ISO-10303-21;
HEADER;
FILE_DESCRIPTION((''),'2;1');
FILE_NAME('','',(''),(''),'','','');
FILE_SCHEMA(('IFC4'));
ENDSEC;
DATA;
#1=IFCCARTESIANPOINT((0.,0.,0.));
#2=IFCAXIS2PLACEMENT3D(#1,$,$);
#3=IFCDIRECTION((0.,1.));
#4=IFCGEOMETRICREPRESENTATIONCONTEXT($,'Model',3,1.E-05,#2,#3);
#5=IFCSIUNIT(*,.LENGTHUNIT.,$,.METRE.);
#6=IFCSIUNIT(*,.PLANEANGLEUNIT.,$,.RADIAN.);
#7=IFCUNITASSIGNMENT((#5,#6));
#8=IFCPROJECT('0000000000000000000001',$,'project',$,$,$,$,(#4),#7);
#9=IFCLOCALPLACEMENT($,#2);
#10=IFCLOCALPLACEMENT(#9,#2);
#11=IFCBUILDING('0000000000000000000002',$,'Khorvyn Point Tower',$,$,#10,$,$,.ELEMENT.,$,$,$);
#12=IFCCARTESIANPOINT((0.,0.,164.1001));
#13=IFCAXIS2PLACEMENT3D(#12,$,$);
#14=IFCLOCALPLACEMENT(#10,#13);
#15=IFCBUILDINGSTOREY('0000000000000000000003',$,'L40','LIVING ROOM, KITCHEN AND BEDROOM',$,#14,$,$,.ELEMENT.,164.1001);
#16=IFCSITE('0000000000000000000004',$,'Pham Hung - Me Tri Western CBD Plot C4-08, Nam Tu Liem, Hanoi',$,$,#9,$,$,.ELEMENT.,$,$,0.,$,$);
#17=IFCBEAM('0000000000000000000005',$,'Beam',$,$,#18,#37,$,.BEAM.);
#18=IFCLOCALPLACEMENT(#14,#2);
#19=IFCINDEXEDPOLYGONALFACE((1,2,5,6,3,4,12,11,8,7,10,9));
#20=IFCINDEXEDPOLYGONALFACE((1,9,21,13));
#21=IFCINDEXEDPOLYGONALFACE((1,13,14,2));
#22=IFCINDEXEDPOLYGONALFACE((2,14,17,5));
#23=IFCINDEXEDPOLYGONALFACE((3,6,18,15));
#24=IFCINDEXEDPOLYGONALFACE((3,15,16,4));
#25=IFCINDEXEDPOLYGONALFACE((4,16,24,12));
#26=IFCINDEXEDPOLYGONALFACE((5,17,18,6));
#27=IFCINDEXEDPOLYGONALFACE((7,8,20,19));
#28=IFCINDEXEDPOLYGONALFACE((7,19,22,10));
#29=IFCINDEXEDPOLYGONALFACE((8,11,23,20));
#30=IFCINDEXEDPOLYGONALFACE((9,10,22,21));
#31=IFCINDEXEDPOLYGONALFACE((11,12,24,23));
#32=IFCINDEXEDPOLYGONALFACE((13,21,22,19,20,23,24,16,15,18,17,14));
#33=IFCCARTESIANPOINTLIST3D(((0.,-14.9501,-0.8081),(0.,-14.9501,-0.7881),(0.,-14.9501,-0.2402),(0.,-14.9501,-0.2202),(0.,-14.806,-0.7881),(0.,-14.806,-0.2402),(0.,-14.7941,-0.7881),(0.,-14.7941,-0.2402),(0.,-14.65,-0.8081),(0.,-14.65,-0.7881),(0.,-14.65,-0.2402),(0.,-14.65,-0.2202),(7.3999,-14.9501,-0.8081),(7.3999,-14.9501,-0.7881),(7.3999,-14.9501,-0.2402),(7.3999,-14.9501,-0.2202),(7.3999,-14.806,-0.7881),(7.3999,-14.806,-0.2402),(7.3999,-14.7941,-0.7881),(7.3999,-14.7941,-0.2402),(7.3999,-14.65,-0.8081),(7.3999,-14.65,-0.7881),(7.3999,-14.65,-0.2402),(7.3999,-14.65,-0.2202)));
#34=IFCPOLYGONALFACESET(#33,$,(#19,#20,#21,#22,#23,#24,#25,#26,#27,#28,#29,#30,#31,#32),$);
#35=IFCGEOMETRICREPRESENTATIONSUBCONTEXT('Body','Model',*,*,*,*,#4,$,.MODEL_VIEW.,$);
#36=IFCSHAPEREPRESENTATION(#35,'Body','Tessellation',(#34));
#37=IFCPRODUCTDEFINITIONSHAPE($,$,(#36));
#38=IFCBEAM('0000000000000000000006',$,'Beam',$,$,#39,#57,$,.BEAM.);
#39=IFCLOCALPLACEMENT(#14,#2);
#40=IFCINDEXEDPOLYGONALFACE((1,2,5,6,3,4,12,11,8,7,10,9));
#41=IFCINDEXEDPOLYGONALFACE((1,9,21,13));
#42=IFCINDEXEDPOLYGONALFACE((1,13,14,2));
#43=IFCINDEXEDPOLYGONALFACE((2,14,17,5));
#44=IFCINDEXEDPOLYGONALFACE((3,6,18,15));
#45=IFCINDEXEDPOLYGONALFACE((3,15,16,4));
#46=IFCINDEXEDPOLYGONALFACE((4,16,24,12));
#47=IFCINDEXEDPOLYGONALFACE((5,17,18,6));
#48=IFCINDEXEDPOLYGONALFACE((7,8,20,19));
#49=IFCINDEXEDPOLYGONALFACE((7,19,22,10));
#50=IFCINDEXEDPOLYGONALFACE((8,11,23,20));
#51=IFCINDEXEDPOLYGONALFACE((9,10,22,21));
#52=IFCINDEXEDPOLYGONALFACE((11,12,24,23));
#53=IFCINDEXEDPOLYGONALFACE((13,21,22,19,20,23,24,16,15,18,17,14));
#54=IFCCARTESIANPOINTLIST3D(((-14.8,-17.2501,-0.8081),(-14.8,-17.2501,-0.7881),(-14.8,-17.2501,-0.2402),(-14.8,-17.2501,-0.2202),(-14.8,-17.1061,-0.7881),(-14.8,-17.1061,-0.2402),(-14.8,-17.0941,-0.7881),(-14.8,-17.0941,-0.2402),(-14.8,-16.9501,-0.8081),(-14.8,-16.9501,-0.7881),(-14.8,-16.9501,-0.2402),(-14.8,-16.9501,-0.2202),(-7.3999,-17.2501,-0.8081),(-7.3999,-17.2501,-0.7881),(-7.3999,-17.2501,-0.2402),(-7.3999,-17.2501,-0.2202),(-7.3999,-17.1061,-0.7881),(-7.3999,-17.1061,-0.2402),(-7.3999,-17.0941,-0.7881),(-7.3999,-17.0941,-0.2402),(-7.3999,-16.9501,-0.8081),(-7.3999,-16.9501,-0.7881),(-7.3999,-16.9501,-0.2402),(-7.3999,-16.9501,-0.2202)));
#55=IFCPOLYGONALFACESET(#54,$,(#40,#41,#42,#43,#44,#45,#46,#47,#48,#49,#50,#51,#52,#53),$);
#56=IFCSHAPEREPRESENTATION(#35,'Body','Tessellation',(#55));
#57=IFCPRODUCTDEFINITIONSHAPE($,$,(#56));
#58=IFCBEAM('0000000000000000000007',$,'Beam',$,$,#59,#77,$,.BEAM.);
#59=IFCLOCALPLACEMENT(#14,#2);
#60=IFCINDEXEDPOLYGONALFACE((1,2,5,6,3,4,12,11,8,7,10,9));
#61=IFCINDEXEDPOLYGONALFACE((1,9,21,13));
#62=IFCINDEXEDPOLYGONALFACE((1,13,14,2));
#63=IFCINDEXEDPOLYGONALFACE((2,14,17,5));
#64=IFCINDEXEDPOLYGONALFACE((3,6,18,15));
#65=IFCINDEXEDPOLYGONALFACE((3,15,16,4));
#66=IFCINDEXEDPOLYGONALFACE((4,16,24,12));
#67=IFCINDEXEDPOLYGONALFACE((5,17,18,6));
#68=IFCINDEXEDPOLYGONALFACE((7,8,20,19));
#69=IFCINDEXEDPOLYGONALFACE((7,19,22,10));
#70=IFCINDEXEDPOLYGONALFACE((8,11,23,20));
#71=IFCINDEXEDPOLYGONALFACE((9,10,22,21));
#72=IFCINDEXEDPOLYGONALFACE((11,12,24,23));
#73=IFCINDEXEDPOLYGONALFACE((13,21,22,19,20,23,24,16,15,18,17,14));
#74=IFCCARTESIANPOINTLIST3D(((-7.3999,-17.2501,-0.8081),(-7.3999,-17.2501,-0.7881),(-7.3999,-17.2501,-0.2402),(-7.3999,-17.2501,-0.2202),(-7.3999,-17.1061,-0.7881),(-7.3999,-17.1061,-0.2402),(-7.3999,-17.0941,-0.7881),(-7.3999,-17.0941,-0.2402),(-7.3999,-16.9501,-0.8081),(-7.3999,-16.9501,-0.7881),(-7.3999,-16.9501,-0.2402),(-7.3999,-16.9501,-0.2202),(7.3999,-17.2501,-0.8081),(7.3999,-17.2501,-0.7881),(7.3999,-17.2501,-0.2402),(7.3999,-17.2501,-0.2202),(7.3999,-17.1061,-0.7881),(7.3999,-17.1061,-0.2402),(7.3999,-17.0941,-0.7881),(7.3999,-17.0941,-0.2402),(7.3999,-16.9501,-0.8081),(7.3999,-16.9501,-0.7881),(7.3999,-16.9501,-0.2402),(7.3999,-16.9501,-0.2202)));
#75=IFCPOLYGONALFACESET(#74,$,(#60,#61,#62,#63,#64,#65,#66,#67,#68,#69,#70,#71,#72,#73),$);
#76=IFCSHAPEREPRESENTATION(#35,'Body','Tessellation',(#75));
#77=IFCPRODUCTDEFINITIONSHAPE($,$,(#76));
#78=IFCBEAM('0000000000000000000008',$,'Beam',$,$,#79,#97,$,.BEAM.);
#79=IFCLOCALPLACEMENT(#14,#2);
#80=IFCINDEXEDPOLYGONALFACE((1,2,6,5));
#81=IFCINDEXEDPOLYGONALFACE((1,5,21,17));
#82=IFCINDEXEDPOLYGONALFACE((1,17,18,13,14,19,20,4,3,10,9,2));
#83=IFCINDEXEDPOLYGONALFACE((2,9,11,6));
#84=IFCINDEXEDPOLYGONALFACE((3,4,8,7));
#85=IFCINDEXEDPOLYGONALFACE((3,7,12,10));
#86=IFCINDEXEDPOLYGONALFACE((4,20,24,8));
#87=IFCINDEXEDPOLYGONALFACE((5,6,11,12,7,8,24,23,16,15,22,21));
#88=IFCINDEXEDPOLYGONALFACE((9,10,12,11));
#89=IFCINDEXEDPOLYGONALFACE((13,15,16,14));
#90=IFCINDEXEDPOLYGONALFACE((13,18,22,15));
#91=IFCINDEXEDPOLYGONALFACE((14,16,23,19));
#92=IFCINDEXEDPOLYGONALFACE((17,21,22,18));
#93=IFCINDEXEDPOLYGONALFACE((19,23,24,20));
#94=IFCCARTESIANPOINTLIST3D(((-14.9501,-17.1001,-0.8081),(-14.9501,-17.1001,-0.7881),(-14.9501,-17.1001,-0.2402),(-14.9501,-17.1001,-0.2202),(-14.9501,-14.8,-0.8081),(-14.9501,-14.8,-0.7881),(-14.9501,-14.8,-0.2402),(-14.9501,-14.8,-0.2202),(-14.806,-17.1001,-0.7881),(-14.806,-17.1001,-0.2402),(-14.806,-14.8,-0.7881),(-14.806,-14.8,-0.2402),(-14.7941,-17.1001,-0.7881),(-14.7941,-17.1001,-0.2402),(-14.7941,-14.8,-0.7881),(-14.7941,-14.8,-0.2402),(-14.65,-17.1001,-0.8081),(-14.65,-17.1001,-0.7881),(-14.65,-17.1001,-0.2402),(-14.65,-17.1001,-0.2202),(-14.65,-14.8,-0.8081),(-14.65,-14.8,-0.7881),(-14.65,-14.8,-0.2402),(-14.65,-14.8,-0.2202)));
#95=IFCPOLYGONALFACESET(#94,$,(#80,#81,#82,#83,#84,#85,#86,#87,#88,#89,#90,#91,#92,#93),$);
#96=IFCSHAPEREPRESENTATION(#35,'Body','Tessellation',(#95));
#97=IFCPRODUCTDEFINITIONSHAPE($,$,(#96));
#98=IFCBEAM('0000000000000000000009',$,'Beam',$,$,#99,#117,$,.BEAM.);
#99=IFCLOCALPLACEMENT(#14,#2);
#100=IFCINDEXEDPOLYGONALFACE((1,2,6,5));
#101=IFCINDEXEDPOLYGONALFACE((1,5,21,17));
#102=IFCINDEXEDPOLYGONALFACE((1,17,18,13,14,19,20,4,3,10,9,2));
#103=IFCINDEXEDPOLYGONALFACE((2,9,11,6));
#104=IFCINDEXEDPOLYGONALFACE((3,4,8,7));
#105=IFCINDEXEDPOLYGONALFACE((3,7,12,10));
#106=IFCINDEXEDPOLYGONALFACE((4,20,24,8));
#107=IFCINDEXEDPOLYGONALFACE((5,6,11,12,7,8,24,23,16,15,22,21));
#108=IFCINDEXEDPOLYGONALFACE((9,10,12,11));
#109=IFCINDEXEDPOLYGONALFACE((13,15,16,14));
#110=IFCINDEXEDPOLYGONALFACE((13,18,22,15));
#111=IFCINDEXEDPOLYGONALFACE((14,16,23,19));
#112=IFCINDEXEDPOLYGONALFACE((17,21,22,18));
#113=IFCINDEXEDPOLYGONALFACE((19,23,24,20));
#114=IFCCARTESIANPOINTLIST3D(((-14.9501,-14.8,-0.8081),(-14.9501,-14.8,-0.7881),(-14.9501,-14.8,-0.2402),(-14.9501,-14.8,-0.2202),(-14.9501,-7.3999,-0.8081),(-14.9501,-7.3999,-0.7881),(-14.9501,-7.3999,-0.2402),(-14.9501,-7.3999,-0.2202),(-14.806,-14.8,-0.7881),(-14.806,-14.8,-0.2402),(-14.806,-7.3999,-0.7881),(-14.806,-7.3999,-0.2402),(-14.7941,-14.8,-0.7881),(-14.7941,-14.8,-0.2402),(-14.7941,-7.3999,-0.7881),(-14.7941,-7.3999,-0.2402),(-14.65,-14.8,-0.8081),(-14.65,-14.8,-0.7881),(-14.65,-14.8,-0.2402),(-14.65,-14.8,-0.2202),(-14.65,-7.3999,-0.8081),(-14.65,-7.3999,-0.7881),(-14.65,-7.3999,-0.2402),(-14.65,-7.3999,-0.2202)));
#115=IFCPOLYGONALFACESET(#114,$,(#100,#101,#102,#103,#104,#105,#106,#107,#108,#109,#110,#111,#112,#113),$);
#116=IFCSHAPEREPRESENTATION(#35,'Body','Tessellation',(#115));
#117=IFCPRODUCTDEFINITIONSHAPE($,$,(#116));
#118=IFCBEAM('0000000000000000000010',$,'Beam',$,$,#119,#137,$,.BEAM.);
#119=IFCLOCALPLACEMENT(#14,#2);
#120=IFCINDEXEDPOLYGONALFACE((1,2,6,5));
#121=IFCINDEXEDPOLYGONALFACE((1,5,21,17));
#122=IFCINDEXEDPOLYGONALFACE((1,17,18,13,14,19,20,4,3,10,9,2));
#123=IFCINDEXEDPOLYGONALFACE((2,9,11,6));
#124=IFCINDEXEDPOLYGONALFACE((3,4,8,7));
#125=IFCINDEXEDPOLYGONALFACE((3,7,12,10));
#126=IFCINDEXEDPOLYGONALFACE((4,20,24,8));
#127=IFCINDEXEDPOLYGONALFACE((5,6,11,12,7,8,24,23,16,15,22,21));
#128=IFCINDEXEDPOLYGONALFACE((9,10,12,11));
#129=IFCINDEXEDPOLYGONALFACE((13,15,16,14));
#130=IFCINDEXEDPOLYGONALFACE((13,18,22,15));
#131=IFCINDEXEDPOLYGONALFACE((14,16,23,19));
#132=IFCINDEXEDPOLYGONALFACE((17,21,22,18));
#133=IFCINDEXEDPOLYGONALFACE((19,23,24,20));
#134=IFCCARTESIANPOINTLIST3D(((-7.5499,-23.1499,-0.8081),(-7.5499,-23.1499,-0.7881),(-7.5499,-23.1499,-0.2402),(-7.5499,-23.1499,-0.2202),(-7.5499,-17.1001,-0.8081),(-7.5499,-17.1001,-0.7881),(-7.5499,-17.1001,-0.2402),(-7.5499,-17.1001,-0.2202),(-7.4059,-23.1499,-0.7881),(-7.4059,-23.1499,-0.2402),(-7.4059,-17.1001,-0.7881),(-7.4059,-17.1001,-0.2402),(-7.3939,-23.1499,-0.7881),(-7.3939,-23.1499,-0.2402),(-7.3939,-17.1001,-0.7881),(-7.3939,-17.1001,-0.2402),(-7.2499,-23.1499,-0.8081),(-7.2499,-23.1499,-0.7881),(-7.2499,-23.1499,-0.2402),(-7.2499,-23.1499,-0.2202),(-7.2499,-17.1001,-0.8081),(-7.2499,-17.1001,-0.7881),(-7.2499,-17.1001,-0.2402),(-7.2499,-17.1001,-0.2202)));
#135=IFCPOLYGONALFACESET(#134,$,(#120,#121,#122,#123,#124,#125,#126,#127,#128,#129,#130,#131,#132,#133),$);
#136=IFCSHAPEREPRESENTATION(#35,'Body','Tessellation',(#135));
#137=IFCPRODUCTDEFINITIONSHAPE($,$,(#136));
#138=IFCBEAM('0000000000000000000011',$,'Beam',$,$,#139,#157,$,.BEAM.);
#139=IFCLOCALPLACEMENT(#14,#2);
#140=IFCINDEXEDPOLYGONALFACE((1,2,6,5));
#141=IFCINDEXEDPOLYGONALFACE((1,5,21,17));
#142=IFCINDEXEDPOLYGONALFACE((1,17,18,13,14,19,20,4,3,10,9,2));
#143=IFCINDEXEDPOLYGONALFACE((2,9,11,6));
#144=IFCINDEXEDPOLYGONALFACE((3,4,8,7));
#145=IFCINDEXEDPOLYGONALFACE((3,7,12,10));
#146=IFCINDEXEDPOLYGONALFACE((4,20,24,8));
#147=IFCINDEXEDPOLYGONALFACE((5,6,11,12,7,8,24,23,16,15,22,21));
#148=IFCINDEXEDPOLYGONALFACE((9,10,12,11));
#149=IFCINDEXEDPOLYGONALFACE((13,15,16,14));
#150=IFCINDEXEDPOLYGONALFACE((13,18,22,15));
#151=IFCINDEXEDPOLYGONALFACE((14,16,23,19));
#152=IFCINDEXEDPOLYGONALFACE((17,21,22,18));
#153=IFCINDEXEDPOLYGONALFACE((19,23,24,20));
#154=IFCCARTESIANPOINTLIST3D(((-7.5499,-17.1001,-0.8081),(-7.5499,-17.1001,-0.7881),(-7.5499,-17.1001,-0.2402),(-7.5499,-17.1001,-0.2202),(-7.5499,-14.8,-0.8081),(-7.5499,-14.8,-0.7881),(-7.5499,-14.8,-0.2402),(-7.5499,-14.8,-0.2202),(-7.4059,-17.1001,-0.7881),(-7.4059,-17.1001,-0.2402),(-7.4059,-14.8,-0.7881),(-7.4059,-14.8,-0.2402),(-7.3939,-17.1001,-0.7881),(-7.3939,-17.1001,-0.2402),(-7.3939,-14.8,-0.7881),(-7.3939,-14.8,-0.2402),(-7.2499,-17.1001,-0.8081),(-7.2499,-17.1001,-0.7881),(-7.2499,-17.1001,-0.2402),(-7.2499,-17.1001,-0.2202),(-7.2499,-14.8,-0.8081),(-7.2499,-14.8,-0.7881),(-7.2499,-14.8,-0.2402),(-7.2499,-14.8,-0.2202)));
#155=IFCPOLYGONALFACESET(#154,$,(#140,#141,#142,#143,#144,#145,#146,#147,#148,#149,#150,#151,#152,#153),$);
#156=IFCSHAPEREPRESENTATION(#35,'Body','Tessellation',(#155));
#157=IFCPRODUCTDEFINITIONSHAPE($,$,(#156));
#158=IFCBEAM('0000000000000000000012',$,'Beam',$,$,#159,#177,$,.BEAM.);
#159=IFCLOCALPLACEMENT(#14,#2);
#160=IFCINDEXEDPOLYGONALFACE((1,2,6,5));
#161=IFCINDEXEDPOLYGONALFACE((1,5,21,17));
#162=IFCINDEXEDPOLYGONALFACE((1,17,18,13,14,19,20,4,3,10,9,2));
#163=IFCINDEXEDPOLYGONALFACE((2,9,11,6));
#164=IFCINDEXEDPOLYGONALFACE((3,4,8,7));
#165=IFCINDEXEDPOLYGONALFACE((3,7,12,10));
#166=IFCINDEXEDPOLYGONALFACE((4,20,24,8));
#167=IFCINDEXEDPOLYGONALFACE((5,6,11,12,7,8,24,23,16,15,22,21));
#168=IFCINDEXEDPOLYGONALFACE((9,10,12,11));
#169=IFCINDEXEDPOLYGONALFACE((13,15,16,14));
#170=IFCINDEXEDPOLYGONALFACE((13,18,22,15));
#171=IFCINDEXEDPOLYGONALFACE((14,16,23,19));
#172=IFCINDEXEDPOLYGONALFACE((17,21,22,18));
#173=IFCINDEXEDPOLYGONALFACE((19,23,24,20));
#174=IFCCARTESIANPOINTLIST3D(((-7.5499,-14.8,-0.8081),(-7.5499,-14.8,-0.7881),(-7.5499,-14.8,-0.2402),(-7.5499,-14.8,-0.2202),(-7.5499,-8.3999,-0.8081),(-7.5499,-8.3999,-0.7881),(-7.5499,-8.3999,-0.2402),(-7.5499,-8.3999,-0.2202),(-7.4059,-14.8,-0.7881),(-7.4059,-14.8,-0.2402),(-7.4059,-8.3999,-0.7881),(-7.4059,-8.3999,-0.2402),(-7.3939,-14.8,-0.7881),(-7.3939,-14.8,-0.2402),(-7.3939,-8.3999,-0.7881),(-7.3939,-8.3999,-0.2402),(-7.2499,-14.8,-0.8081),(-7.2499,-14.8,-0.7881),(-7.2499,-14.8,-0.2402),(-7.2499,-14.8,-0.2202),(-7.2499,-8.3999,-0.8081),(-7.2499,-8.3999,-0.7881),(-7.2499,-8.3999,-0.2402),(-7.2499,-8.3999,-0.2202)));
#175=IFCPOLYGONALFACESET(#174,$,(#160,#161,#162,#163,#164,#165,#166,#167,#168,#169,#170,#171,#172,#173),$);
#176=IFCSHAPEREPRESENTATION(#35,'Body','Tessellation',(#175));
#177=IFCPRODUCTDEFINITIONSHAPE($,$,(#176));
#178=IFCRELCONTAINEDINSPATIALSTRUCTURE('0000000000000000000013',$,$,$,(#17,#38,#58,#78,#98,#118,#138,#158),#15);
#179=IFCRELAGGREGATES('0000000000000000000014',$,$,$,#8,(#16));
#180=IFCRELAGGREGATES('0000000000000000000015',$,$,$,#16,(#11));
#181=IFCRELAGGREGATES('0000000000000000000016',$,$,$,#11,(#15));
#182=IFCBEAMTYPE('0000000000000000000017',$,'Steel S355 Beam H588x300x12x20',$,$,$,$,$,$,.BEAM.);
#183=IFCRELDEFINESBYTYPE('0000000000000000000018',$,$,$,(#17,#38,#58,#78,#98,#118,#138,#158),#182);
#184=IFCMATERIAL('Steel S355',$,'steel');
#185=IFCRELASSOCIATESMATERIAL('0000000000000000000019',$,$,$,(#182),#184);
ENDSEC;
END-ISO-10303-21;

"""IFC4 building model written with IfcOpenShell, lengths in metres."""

from ifc_helpers import new_model, si_unit, direction, frame, origin, origin_2d, place, context, subcontext, project, spatial, i_section, extrude, material, material_profile, profile_set, type_object, element, save


model = new_model("IFC4")

# Units and contexts
model_context = context("Model", 3, precision=1e-05, world=origin(), true_north=direction((0.0, 1.0)))
body_context = subcontext(model_context, "Body", "Model", "MODEL_VIEW")
ifc_project = project(units=[si_unit("LENGTHUNIT", "METRE"), si_unit("PLANEANGLEUNIT", "RADIAN")], contexts=[model_context])

# Site, building, storey
site_placement = place(None, origin())
site = spatial("IfcSite", under=ifc_project, at=site_placement, Name="Pham Hung - Me Tri Western CBD Plot C4-08, Nam Tu Liem, Hanoi", CompositionType="ELEMENT", RefElevation=0.0)
building_placement = place(site_placement, origin())
building = spatial("IfcBuilding", under=site, at=building_placement, Name="Khorvyn Point Tower", CompositionType="ELEMENT")
storey_placement = place(building_placement, frame((0.0, 0.0, 164.1001)))
storey = spatial("IfcBuildingStorey", under=building, at=storey_placement, Name="L40", Description="LIVING ROOM, KITCHEN AND BEDROOM", CompositionType="ELEMENT", Elevation=164.1001)

# Beams
ifc_material_1 = material(Name="Steel S355", Category="steel")
ifc_material_profile_1 = material_profile(ifc_material_1, i_section(OverallWidth=0.3, OverallDepth=0.5879, WebThickness=0.012, FlangeThickness=0.02, at=origin_2d()))
ifc_profile_set_1 = profile_set([ifc_material_profile_1], Name="Steel S355 H588x300x12x20")
beam_type_1 = type_object("IfcBeamType", Name="Steel S355 Beam H588x300x12x20", PredefinedType="BEAM", material=ifc_profile_set_1)
for number, where, z_axis, x_axis, name in (
    (1, (0.0, -14.8, -0.5142), (1.0, 0.0, 0.0), (0.0, 1.0, 0.0), "Beam"),
):
    element("IfcBeam", number, at=place(storey_placement, frame(where, z_axis=z_axis, x_axis=x_axis)), inside=storey, type_object=beam_type_1, Name=name, PredefinedType="BEAM", context=body_context, shape_type="SweptSolid", body=[
        extrude(i_section(OverallWidth=0.3, OverallDepth=0.5879, WebThickness=0.012, FlangeThickness=0.02, at=origin_2d()), origin(), (0.0, 0.0, 1.0), 7.3999),
    ])
beam_1_placement = place(storey_placement, frame((-14.8, -17.1001, -0.5142), z_axis=(1.0, 0.0, 0.0), x_axis=(0.0, 1.0, 0.0)))
element("IfcBeam", 2, at=beam_1_placement, inside=storey, type_object=beam_type_1, Name="Beam", PredefinedType="BEAM", context=body_context, shape_type="SweptSolid", body=[
    extrude(i_section(OverallWidth=0.3, OverallDepth=0.5879, WebThickness=0.012, FlangeThickness=0.02, at=origin_2d()), origin(), (0.0, 0.0, 1.0), 7.4001),
])
beam_2_placement = place(storey_placement, frame((-7.3999, -17.1001, -0.5142), z_axis=(1.0, 0.0, 0.0), x_axis=(0.0, 1.0, 0.0)))
element("IfcBeam", 3, at=beam_2_placement, inside=storey, type_object=beam_type_1, Name="Beam", PredefinedType="BEAM", context=body_context, shape_type="SweptSolid", body=[
    extrude(i_section(OverallWidth=0.3, OverallDepth=0.5879, WebThickness=0.012, FlangeThickness=0.02, at=origin_2d()), origin(), (0.0, 0.0, 1.0), 14.7998),
])
beam_3_placement = place(storey_placement, frame((-14.8, -17.1001, -0.5142), z_axis=(0.0, 1.0, 0.0), x_axis=(-1.0, 0.0, 0.0)))
element("IfcBeam", 4, at=beam_3_placement, inside=storey, type_object=beam_type_1, Name="Beam", PredefinedType="BEAM", context=body_context, shape_type="SweptSolid", body=[
    extrude(i_section(OverallWidth=0.3, OverallDepth=0.5879, WebThickness=0.012, FlangeThickness=0.02, at=origin_2d()), origin(), (0.0, 0.0, 1.0), 2.3),
])
beam_4_placement = place(storey_placement, frame((-14.8, -14.8, -0.5142), z_axis=(0.0, 1.0, 0.0), x_axis=(-1.0, 0.0, 0.0)))
element("IfcBeam", 5, at=beam_4_placement, inside=storey, type_object=beam_type_1, Name="Beam", PredefinedType="BEAM", context=body_context, shape_type="SweptSolid", body=[
    extrude(i_section(OverallWidth=0.3, OverallDepth=0.5879, WebThickness=0.012, FlangeThickness=0.02, at=origin_2d()), origin(), (0.0, 0.0, 1.0), 7.4001),
])
beam_5_placement = place(storey_placement, frame((-7.3999, -23.1499, -0.5142), z_axis=(0.0, 1.0, 0.0), x_axis=(-1.0, 0.0, 0.0)))
element("IfcBeam", 6, at=beam_5_placement, inside=storey, type_object=beam_type_1, Name="Beam", PredefinedType="BEAM", context=body_context, shape_type="SweptSolid", body=[
    extrude(i_section(OverallWidth=0.3, OverallDepth=0.5879, WebThickness=0.012, FlangeThickness=0.02, at=origin_2d()), origin(), (0.0, 0.0, 1.0), 6.0498),
])
beam_6_placement = place(storey_placement, frame((-7.3999, -17.1001, -0.5142), z_axis=(0.0, 1.0, 0.0), x_axis=(-1.0, 0.0, 0.0)))
element("IfcBeam", 7, at=beam_6_placement, inside=storey, type_object=beam_type_1, Name="Beam", PredefinedType="BEAM", context=body_context, shape_type="SweptSolid", body=[
    extrude(i_section(OverallWidth=0.3, OverallDepth=0.5879, WebThickness=0.012, FlangeThickness=0.02, at=origin_2d()), origin(), (0.0, 0.0, 1.0), 2.3),
])
beam_7_placement = place(storey_placement, frame((-7.3999, -14.8, -0.5142), z_axis=(0.0, 1.0, 0.0), x_axis=(-1.0, 0.0, 0.0)))
element("IfcBeam", 8, at=beam_7_placement, inside=storey, type_object=beam_type_1, Name="Beam", PredefinedType="BEAM", context=body_context, shape_type="SweptSolid", body=[
    extrude(i_section(OverallWidth=0.3, OverallDepth=0.5879, WebThickness=0.012, FlangeThickness=0.02, at=origin_2d()), origin(), (0.0, 0.0, 1.0), 6.4001),
])

save(model, "model.ifc")
